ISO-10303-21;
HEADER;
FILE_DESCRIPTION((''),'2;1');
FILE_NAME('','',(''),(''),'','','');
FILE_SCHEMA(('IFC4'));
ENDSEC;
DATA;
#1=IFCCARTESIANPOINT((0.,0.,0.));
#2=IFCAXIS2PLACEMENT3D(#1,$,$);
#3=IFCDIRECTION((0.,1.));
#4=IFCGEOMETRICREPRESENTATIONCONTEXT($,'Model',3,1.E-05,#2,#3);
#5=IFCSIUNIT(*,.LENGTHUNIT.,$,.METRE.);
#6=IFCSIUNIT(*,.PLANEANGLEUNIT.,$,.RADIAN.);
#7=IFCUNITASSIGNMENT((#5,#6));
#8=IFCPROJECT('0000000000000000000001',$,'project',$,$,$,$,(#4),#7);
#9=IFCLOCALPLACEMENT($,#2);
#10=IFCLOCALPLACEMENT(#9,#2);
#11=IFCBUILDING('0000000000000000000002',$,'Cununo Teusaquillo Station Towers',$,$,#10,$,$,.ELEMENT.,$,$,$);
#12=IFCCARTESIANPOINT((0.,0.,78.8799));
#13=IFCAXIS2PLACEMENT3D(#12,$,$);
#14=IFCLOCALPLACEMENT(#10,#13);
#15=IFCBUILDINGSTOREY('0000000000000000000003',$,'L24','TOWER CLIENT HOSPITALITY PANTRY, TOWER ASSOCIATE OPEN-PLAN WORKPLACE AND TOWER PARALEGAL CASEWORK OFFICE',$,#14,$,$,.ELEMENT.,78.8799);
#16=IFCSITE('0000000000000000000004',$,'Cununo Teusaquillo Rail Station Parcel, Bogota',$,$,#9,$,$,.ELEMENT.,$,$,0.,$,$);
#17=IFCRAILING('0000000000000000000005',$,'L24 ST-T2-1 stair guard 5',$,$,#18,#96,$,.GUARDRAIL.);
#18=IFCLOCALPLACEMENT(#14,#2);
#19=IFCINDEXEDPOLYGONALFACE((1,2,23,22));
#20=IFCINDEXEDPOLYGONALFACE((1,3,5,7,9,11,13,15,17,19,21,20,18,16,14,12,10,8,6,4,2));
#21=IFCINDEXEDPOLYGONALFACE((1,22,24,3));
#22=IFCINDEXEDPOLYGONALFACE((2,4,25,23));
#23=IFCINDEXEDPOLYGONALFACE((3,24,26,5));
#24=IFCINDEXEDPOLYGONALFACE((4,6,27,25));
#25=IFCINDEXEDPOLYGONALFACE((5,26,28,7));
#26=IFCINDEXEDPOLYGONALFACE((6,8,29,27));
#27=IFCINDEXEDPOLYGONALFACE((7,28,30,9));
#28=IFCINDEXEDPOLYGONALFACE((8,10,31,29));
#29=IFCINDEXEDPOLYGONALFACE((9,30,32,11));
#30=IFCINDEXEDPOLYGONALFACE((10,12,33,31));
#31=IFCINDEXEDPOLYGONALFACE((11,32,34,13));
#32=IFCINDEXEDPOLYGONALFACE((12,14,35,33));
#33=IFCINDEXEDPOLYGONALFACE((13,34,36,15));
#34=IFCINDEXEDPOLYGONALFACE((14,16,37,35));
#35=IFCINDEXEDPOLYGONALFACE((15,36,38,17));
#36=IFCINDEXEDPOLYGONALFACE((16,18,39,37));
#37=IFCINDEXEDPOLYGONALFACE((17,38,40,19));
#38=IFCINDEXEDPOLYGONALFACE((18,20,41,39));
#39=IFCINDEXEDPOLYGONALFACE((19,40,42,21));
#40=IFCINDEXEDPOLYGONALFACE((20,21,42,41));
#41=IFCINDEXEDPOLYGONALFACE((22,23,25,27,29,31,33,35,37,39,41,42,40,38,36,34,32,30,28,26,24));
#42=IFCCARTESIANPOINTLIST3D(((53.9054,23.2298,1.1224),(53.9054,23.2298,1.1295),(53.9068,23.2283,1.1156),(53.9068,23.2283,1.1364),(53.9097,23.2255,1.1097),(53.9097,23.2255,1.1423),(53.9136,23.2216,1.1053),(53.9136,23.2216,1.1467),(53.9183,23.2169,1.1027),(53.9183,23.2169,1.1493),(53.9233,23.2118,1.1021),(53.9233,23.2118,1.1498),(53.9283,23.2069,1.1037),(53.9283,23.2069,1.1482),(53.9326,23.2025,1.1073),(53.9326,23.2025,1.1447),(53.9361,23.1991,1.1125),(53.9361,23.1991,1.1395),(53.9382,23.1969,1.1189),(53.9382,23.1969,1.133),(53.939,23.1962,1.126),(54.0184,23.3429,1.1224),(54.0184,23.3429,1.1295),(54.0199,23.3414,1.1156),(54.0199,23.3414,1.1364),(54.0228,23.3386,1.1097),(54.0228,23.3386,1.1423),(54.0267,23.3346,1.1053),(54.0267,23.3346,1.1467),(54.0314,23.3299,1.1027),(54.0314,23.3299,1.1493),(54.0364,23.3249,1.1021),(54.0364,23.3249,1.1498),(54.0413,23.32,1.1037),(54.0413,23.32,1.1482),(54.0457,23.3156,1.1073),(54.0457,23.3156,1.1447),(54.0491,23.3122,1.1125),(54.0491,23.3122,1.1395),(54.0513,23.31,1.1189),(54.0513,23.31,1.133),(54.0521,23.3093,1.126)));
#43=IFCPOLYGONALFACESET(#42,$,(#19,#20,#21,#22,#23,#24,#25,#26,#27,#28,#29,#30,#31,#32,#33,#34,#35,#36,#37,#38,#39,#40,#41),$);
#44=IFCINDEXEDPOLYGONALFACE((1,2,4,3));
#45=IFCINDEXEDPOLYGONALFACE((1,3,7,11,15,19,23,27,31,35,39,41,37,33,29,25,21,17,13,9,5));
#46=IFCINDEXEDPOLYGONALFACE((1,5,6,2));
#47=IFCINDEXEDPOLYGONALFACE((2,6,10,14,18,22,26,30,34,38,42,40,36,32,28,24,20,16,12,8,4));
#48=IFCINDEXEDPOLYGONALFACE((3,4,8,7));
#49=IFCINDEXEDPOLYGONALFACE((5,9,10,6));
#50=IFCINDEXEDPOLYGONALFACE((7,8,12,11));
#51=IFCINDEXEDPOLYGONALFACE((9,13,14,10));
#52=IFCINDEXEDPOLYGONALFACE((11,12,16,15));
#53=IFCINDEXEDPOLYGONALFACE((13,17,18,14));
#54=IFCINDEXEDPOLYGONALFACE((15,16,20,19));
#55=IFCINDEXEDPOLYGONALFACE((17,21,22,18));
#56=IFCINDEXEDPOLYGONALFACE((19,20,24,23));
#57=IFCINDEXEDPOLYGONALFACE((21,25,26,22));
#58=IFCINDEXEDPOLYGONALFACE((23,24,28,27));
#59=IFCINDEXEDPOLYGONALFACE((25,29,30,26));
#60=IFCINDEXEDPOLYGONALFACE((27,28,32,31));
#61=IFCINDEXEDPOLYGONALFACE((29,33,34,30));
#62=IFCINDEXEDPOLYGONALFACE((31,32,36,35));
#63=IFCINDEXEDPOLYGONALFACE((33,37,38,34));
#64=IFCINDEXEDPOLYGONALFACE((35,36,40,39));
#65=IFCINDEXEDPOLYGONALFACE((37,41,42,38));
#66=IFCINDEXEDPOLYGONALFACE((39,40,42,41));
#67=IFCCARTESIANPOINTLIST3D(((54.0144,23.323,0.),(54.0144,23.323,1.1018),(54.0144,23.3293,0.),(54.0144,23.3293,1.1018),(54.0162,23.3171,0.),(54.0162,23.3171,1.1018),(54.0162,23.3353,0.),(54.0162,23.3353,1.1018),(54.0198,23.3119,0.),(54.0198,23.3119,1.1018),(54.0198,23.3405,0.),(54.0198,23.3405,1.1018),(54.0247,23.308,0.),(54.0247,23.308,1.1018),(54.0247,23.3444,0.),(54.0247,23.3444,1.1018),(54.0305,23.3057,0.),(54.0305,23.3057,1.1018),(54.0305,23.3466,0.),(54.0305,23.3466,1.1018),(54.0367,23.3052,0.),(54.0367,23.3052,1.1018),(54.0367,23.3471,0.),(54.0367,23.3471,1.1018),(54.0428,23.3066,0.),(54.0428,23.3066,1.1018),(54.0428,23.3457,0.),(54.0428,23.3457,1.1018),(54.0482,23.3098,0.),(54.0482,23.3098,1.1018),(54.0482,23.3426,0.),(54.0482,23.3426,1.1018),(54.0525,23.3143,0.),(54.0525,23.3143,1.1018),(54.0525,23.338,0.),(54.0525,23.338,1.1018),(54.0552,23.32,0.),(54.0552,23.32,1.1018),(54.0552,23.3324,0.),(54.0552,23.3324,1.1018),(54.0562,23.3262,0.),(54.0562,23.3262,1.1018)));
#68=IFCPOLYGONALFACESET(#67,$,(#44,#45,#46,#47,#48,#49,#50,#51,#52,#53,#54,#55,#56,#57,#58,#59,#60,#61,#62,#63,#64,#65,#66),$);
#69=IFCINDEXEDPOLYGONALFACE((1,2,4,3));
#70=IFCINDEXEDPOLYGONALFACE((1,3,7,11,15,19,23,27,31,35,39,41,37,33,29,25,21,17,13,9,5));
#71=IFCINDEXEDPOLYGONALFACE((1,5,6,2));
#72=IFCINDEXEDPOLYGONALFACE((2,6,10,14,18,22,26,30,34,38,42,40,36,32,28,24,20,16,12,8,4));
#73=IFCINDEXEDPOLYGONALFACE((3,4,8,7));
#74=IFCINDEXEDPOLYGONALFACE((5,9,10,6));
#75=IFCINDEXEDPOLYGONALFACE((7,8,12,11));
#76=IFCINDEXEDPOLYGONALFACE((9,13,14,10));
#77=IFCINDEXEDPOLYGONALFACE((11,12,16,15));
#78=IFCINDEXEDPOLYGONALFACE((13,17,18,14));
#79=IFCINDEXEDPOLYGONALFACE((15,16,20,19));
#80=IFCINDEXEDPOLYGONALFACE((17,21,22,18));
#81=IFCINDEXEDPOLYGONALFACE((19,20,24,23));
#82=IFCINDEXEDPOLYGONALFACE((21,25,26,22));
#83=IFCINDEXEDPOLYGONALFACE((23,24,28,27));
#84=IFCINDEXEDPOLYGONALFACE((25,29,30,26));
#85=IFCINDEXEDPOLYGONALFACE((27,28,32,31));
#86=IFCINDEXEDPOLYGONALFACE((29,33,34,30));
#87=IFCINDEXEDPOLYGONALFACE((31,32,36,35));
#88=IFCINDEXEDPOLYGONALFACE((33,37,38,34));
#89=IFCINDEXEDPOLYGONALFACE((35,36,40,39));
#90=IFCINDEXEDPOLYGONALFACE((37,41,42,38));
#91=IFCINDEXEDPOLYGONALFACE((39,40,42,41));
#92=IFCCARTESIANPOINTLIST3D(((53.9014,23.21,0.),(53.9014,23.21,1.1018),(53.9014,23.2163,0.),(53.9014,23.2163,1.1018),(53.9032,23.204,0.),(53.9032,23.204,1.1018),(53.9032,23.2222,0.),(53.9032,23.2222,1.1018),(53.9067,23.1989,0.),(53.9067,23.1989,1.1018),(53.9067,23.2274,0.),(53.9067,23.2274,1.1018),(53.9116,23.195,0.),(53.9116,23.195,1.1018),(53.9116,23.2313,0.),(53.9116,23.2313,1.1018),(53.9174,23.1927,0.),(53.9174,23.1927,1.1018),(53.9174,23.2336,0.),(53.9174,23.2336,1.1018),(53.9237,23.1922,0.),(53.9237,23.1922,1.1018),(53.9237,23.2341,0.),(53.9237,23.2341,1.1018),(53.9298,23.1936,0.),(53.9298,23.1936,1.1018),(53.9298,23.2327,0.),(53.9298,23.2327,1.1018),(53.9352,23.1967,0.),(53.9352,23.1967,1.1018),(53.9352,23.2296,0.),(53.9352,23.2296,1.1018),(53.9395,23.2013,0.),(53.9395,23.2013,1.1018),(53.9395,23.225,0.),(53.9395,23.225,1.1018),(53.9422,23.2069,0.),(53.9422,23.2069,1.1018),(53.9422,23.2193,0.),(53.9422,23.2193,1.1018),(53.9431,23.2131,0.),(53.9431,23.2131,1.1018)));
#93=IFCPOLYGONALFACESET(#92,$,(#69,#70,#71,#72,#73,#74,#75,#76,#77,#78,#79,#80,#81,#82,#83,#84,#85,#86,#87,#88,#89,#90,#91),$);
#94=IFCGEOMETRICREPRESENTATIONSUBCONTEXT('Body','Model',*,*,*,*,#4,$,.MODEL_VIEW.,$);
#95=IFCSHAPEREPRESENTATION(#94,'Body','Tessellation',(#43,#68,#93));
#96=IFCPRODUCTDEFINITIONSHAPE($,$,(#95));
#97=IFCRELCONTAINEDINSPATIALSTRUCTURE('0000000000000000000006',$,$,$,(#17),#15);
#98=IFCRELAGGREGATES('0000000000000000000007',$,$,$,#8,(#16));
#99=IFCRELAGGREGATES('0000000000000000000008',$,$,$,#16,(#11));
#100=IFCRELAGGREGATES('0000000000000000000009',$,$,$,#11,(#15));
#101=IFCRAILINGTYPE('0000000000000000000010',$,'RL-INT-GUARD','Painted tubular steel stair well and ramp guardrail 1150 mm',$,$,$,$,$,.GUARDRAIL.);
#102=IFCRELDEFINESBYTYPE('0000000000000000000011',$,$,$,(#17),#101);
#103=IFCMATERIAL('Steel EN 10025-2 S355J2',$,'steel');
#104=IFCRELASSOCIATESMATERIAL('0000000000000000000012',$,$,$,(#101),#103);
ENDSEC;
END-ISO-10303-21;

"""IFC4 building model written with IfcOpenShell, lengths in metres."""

from ifc_helpers import new_model, si_unit, direction, frame, origin, origin_2d, place, context, subcontext, project, spatial, circle, extrude, material, type_object, element, save


model = new_model("IFC4")

# Units and contexts
model_context = context("Model", 3, precision=1e-05, world=origin(), true_north=direction((0.0, 1.0)))
body_context = subcontext(model_context, "Body", "Model", "MODEL_VIEW")
ifc_project = project(units=[si_unit("LENGTHUNIT", "METRE"), si_unit("PLANEANGLEUNIT", "RADIAN")], contexts=[model_context])

# Site, building, storey
site_placement = place(None, origin())
site = spatial("IfcSite", under=ifc_project, at=site_placement, Name="Cununo Teusaquillo Rail Station Parcel, Bogota", CompositionType="ELEMENT", RefElevation=0.0)
building_placement = place(site_placement, origin())
building = spatial("IfcBuilding", under=site, at=building_placement, Name="Cununo Teusaquillo Station Towers", CompositionType="ELEMENT")
storey_placement = place(building_placement, frame((0.0, 0.0, 78.8799)))
storey = spatial("IfcBuildingStorey", under=building, at=storey_placement, Name="L24", Description="TOWER CLIENT HOSPITALITY PANTRY, TOWER ASSOCIATE OPEN-PLAN WORKPLACE AND TOWER PARALEGAL CASEWORK OFFICE", CompositionType="ELEMENT", Elevation=78.8799)

# Railing
ifc_material_1 = material(Name="Steel EN 10025-2 S355J2", Category="steel")
railing_type_1 = type_object("IfcRailingType", Name="RL-INT-GUARD", Description="Painted tubular steel stair well and ramp guardrail 1150 mm", PredefinedType="GUARDRAIL", material=ifc_material_1)
railing_1_placement = place(storey_placement, frame((54.0352, 23.3262, 0.0)))
element("IfcRailing", 1, at=railing_1_placement, inside=storey, type_object=railing_type_1, Name="L24 ST-T2-1 stair guard 5", PredefinedType="GUARDRAIL", context=body_context, shape_type="SweptSolid", body=[
    extrude(circle(Radius=0.0239, at=origin_2d()), frame((0.0, 0.0, 1.126), z_axis=(-0.707107, -0.707107, 0.0), x_axis=(0.707107, -0.707107, 0.0)), (0.0, 0.0, 1.0), 0.1599),
    extrude(circle(Radius=0.021, at=origin_2d()), origin(), (0.0, 0.0, 1.0), 1.1018),
    extrude(circle(Radius=0.021, at=origin_2d()), frame((-0.113, -0.113, 0.0)), (0.0, 0.0, 1.0), 1.1018),
])

save(model, "model.ifc")
